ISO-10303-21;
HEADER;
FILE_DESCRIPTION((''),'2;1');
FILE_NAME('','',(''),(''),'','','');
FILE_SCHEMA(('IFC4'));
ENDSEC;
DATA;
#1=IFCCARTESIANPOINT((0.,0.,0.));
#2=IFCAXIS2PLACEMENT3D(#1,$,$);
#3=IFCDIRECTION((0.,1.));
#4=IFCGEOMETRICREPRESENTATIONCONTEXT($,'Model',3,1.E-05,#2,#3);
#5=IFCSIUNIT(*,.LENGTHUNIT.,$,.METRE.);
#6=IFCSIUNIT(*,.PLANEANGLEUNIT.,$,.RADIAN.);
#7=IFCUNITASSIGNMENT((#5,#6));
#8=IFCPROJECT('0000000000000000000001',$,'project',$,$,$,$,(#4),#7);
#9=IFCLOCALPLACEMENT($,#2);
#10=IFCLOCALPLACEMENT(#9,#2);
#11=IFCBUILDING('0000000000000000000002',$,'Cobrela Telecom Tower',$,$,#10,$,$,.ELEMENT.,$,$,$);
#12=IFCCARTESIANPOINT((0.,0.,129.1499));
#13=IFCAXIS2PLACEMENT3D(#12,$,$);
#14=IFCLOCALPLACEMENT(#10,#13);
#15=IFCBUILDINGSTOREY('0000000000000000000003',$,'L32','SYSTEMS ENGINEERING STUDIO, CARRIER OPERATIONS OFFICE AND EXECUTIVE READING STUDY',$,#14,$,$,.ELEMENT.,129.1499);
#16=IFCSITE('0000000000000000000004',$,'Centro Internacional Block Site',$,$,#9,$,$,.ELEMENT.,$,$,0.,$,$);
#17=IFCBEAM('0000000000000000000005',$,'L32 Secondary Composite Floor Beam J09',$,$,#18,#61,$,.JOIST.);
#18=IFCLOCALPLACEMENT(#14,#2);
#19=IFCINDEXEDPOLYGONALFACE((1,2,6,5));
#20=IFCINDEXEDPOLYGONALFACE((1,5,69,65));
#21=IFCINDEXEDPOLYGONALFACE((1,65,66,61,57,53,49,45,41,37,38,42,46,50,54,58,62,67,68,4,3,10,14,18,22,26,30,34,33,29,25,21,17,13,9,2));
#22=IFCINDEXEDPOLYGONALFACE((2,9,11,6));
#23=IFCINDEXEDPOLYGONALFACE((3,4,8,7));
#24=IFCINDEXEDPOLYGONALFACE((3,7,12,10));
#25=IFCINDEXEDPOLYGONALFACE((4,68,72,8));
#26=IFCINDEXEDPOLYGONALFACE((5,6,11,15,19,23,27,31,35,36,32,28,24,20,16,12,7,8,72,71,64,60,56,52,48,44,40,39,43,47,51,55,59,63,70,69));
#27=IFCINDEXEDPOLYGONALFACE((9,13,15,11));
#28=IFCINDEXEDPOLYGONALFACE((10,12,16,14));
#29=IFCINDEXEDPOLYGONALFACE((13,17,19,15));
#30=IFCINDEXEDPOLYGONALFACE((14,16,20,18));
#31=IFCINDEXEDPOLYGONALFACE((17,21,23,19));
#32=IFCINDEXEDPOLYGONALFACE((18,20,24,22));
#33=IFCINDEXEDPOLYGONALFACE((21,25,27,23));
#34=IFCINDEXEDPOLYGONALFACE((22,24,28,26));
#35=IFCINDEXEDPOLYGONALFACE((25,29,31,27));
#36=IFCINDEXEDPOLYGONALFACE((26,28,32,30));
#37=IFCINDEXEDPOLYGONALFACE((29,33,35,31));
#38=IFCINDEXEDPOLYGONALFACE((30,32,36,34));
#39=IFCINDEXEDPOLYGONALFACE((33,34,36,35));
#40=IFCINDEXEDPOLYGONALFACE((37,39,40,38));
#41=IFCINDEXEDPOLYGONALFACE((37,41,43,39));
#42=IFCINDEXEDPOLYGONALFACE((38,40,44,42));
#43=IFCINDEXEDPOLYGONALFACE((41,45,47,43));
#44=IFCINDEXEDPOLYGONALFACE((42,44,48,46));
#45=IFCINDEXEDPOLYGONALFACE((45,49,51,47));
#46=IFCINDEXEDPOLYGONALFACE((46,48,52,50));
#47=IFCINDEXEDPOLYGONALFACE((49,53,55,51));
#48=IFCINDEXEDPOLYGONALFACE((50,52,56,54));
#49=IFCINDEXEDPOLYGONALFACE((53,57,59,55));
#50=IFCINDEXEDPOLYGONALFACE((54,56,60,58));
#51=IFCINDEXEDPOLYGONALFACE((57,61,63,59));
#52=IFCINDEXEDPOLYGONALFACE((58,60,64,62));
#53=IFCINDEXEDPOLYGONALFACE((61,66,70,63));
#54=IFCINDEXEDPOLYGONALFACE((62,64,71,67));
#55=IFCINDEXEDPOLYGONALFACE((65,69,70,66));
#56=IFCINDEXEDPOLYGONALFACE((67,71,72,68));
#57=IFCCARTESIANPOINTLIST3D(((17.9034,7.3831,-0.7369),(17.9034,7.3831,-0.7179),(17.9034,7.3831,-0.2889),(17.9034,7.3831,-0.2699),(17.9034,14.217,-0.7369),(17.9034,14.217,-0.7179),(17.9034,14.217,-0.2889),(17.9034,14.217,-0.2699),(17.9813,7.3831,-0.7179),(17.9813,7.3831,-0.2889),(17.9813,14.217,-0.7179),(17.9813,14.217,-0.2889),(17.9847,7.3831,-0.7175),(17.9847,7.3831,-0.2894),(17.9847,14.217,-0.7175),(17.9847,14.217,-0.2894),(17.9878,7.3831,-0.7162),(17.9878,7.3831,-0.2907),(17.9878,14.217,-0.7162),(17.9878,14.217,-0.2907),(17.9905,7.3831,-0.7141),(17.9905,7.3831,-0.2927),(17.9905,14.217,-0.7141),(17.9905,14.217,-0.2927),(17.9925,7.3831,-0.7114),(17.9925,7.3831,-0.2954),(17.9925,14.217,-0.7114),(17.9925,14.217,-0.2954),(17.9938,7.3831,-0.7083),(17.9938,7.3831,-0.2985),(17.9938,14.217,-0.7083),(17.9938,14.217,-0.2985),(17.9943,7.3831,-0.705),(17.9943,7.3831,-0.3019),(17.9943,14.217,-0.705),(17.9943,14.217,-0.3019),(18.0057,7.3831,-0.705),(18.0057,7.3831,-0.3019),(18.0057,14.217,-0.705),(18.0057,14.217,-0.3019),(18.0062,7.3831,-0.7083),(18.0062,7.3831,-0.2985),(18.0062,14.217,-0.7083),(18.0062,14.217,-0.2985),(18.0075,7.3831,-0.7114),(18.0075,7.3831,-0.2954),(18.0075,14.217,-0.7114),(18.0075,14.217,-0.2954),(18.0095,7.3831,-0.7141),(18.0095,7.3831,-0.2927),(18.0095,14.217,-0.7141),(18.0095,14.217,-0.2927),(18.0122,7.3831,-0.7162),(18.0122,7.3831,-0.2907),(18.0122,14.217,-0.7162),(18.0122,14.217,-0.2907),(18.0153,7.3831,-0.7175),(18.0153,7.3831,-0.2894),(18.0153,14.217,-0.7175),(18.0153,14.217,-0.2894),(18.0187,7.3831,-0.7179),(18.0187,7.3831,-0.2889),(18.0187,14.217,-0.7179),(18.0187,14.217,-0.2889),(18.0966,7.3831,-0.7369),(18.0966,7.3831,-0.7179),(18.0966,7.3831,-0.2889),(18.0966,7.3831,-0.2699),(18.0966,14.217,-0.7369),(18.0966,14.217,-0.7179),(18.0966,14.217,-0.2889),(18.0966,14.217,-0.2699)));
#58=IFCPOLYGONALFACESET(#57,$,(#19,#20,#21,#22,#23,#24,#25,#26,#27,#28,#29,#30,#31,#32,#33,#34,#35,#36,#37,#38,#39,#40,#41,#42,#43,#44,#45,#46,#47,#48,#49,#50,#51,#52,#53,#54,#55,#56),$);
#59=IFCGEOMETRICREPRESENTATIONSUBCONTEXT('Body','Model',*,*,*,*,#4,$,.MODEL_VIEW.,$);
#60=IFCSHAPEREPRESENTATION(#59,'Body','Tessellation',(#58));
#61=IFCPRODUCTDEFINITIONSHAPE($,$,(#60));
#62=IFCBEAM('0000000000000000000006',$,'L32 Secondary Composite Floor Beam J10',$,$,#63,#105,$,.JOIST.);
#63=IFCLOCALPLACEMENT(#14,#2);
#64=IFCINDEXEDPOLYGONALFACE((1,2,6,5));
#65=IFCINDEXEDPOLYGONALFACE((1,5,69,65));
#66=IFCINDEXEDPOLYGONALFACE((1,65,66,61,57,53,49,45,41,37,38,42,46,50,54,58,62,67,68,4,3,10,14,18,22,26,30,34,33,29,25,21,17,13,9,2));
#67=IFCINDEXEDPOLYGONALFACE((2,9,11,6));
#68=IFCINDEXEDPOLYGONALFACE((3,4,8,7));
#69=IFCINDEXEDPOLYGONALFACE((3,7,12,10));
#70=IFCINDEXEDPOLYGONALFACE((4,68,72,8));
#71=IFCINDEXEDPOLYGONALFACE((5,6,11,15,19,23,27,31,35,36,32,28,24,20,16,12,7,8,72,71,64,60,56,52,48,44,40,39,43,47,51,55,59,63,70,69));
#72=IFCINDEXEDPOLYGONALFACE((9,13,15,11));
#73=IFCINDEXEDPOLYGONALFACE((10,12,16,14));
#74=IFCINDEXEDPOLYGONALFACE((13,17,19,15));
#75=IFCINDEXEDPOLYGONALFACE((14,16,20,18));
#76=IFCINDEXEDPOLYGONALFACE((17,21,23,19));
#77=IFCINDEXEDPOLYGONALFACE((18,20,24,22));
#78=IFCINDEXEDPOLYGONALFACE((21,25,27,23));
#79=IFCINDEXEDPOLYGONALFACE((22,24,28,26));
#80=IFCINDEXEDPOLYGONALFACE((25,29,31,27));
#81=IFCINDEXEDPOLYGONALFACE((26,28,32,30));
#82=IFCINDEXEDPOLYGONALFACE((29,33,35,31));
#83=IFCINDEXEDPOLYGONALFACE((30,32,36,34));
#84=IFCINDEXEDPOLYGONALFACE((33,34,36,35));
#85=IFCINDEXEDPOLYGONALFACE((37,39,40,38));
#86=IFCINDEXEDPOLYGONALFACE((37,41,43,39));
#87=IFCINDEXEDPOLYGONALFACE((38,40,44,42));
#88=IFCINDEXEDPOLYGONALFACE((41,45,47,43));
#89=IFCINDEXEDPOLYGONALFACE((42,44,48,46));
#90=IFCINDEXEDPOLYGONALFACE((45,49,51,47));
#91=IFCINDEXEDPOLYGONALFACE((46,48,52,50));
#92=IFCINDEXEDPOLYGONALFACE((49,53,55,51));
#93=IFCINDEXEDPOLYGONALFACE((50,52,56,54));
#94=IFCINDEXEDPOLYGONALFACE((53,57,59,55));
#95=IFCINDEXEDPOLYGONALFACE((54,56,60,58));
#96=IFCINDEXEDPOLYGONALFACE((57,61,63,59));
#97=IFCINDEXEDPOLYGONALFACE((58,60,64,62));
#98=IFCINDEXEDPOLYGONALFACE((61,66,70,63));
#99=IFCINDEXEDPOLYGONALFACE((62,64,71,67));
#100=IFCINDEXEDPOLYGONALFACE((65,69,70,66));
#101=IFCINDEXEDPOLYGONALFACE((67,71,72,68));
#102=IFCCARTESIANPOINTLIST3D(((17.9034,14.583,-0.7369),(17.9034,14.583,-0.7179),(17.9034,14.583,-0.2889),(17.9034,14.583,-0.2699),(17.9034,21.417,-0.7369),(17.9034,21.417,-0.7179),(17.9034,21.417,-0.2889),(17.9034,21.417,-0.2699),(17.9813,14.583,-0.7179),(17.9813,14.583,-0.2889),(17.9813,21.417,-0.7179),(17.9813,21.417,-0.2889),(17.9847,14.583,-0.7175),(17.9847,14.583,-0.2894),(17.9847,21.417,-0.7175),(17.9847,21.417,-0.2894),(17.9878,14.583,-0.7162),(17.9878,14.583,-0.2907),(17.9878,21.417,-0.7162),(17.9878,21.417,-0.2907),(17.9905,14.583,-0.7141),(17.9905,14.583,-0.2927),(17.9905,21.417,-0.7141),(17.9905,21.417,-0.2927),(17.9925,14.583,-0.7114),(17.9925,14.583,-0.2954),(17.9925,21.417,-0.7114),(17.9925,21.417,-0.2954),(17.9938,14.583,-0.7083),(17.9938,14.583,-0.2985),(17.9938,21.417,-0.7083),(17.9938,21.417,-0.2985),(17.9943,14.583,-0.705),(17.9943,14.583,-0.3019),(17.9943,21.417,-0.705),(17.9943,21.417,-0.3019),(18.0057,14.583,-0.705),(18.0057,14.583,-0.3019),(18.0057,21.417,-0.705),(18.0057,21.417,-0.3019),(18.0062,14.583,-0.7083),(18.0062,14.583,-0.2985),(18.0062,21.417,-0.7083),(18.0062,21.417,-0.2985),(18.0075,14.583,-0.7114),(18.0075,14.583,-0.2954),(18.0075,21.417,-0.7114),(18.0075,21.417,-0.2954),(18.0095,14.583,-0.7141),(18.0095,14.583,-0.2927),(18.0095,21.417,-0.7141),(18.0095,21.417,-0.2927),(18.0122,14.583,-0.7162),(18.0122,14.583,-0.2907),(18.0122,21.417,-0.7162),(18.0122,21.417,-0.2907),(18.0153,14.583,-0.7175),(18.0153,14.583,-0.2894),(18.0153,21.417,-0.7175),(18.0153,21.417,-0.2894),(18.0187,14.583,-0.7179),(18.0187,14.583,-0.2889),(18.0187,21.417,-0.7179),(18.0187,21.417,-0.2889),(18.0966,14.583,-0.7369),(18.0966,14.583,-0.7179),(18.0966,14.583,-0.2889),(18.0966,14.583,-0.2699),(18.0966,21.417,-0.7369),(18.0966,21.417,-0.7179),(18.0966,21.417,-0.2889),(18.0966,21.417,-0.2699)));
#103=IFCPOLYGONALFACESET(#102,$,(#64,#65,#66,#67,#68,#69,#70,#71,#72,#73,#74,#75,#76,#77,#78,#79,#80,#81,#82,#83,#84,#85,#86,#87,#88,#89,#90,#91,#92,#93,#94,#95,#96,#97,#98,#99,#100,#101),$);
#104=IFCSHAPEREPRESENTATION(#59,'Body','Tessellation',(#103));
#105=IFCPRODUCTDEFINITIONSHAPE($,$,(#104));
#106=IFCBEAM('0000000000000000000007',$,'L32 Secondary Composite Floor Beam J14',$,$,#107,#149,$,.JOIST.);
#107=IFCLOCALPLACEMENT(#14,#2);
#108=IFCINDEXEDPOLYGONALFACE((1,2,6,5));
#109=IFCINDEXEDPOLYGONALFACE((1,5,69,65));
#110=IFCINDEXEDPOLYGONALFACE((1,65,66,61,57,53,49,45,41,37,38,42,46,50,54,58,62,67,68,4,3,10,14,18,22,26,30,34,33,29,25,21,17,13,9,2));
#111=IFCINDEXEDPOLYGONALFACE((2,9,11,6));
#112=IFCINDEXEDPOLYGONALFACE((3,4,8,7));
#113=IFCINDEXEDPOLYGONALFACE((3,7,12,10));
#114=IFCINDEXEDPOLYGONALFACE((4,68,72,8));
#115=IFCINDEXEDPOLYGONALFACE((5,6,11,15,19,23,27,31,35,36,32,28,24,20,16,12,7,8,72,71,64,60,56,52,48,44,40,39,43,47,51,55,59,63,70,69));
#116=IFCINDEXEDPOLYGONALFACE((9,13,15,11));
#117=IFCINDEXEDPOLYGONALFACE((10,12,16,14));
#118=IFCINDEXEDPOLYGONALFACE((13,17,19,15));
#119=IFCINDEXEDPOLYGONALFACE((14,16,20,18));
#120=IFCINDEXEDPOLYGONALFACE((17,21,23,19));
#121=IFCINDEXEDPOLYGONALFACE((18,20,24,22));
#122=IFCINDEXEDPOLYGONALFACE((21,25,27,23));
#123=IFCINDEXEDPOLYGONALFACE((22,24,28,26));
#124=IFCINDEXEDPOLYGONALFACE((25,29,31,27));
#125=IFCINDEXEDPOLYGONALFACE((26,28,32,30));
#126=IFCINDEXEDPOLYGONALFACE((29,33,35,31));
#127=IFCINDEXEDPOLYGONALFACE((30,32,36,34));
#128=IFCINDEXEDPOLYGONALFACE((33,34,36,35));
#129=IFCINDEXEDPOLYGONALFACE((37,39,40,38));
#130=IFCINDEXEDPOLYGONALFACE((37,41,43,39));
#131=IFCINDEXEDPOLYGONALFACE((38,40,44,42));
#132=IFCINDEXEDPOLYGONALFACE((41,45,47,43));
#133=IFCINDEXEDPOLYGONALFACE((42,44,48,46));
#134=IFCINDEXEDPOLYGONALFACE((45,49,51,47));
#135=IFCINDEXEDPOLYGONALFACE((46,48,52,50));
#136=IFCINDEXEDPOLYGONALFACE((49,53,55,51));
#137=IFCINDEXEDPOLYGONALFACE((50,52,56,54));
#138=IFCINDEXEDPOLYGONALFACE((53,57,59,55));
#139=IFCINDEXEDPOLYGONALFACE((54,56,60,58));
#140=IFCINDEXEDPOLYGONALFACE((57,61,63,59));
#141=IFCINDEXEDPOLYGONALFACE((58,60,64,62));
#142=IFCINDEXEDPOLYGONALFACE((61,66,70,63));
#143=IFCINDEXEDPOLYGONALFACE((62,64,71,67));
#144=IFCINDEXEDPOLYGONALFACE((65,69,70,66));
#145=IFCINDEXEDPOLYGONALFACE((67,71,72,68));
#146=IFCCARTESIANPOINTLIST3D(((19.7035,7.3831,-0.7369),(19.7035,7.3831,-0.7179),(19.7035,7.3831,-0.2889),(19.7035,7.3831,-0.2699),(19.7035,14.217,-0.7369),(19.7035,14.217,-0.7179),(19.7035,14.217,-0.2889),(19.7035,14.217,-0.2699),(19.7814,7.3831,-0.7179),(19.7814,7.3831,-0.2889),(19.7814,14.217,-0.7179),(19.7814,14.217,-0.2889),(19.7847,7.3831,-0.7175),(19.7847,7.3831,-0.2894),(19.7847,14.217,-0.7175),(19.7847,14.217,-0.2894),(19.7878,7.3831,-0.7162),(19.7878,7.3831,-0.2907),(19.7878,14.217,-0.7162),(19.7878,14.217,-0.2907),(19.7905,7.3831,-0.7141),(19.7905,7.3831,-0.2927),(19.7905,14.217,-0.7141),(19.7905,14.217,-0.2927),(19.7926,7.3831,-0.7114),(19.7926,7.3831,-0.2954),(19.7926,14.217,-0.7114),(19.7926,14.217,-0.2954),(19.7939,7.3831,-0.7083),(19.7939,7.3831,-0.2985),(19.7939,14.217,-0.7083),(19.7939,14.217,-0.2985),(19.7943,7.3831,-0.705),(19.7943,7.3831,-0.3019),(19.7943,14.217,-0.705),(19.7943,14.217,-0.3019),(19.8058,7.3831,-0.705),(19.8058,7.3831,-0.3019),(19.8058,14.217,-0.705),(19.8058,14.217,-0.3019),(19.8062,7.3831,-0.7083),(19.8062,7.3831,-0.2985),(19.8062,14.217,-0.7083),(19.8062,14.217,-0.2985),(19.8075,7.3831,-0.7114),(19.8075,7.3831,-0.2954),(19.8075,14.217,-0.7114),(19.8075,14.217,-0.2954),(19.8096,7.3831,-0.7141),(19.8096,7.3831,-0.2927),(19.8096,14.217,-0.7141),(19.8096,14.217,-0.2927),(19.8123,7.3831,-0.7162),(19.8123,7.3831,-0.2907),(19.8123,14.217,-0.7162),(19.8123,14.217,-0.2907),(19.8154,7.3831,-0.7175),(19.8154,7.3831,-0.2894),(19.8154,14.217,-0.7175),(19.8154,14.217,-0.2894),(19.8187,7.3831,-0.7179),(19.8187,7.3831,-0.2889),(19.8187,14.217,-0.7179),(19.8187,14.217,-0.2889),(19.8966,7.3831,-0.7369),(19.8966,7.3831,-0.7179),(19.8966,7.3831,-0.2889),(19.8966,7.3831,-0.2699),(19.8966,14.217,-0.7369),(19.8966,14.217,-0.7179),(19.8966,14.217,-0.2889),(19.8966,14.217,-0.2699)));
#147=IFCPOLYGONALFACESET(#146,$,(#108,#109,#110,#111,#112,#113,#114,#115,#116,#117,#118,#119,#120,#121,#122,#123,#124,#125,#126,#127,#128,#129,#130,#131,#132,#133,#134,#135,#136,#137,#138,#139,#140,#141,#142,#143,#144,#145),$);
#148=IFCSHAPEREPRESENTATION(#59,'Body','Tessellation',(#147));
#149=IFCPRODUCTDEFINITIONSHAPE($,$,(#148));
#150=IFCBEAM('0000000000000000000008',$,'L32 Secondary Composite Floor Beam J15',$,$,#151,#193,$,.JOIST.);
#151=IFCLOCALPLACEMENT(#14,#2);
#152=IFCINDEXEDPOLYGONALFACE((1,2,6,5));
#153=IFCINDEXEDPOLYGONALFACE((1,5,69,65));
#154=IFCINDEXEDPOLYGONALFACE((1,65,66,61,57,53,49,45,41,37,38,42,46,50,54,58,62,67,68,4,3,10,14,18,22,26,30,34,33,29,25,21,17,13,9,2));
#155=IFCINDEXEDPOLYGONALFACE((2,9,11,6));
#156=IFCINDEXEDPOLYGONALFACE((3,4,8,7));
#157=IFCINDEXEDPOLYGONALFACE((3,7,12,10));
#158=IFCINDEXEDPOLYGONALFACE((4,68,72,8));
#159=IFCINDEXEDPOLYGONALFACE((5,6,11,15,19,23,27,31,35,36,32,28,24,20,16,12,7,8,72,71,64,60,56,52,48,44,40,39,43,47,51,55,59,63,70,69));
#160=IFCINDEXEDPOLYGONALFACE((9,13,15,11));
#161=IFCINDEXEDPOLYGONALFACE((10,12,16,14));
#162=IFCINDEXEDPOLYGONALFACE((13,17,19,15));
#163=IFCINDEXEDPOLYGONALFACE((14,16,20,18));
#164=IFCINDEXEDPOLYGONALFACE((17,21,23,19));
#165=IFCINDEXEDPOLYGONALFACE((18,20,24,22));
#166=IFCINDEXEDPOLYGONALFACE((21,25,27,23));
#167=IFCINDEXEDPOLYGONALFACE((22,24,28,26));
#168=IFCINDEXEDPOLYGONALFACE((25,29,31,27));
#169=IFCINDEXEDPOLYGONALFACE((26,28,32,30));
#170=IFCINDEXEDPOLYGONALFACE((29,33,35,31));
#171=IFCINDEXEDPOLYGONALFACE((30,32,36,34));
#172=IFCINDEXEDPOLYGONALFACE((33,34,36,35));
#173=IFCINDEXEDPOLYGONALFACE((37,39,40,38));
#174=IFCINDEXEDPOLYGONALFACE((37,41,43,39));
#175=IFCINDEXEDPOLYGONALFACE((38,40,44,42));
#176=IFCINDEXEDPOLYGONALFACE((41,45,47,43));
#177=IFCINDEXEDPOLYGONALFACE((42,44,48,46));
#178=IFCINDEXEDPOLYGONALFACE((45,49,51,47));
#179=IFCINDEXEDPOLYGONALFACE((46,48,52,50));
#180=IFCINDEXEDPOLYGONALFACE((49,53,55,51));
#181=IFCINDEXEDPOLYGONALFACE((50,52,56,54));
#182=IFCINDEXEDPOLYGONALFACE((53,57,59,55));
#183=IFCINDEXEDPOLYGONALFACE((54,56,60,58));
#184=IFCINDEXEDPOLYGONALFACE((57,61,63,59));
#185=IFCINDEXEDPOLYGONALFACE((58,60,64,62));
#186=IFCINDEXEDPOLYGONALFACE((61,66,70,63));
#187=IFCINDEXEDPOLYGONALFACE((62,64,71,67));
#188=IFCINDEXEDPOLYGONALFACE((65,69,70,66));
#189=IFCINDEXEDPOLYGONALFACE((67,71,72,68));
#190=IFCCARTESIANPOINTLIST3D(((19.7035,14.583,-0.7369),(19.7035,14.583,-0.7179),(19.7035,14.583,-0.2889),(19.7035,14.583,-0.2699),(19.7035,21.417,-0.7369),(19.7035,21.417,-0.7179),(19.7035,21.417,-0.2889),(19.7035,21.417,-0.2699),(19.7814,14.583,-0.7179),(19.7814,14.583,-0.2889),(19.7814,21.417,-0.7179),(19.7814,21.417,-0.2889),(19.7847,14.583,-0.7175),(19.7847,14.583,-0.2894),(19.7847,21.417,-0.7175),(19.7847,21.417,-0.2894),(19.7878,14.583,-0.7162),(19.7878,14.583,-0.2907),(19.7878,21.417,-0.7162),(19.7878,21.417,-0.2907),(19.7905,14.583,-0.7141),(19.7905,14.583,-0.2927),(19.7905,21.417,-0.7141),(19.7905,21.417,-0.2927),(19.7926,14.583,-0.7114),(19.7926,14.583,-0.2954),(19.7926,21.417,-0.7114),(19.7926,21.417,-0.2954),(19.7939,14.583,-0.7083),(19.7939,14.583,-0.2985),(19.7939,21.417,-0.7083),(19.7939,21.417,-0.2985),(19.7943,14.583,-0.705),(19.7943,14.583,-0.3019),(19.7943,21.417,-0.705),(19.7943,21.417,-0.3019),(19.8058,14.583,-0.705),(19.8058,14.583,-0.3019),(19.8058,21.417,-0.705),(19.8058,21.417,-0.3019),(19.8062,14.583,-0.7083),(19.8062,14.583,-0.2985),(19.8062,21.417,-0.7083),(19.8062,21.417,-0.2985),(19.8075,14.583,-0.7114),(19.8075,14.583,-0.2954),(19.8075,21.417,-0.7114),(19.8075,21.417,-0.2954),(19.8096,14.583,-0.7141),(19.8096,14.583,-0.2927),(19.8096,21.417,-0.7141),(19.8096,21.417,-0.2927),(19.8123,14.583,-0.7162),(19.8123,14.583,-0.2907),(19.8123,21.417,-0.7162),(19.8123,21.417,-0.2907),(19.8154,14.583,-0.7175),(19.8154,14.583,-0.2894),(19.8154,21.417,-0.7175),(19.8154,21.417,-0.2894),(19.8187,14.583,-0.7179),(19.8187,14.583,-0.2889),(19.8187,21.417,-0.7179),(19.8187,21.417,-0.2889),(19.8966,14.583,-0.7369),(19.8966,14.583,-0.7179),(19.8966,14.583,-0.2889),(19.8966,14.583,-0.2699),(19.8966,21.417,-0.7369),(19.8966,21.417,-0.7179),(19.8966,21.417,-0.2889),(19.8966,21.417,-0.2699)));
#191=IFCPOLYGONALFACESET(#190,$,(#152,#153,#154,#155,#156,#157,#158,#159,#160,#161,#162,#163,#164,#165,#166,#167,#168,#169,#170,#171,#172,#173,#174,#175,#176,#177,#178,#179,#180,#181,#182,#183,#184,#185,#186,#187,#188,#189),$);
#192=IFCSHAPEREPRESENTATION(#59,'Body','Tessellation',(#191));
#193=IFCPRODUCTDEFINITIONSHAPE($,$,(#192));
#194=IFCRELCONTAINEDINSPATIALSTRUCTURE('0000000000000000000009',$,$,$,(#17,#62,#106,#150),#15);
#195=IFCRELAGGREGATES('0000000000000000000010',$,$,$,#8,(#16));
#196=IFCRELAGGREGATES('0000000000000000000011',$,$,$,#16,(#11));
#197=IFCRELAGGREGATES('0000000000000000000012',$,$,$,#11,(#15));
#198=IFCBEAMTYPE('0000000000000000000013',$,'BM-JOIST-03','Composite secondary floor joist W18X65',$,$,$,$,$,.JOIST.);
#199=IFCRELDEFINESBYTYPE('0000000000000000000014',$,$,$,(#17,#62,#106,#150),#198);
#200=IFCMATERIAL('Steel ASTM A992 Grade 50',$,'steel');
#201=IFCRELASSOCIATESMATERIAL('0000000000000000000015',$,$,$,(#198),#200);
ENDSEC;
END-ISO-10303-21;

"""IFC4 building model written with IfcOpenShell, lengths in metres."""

from ifc_helpers import new_model, si_unit, direction, frame, origin, origin_2d, place, context, subcontext, project, spatial, i_section, extrude, material, material_profile, profile_set, type_object, element, save


model = new_model("IFC4")

# Units and contexts
model_context = context("Model", 3, precision=1e-05, world=origin(), true_north=direction((0.0, 1.0)))
body_context = subcontext(model_context, "Body", "Model", "MODEL_VIEW")
ifc_project = project(units=[si_unit("LENGTHUNIT", "METRE"), si_unit("PLANEANGLEUNIT", "RADIAN")], contexts=[model_context])

# Site, building, storey
site_placement = place(None, origin())
site = spatial("IfcSite", under=ifc_project, at=site_placement, Name="Centro Internacional Block Site", CompositionType="ELEMENT", RefElevation=0.0)
building_placement = place(site_placement, origin())
building = spatial("IfcBuilding", under=site, at=building_placement, Name="Cobrela Telecom Tower", CompositionType="ELEMENT")
storey_placement = place(building_placement, frame((0.0, 0.0, 129.1499)))
storey = spatial("IfcBuildingStorey", under=building, at=storey_placement, Name="L32", Description="SYSTEMS ENGINEERING STUDIO, CARRIER OPERATIONS OFFICE AND EXECUTIVE READING STUDY", CompositionType="ELEMENT", Elevation=129.1499)

# Shared definitions
ifc_material_1 = material(Name="Steel ASTM A992 Grade 50", Category="steel")

# Beams
ifc_material_profile_1 = material_profile(ifc_material_1, i_section(OverallWidth=0.1931, OverallDepth=0.467, WebThickness=0.0115, FlangeThickness=0.019, FilletRadius=0.0129, at=origin_2d()), Name="W18X65")
ifc_profile_set_1 = profile_set([ifc_material_profile_1], Name="Steel ASTM A992 Grade 50")
beam_type_1 = type_object("IfcBeamType", Name="BM-JOIST-03", Description="Composite secondary floor joist W18X65", PredefinedType="JOIST", material=ifc_profile_set_1)
for number, where, z_axis, x_axis, name in (
    (1, (18.0, 7.3831, -0.5034), (0.0, 1.0, 0.0), (-1.0, 0.0, 0.0), "L32 Secondary Composite Floor Beam J09"),
    (2, (18.0, 14.583, -0.5034), (0.0, 1.0, 0.0), (-1.0, 0.0, 0.0), "L32 Secondary Composite Floor Beam J10"),
    (3, (19.8, 7.3831, -0.5034), (0.0, 1.0, 0.0), (-1.0, 0.0, 0.0), "L32 Secondary Composite Floor Beam J14"),
    (4, (19.8, 14.583, -0.5034), (0.0, 1.0, 0.0), (-1.0, 0.0, 0.0), "L32 Secondary Composite Floor Beam J15"),
):
    element("IfcBeam", number, at=place(storey_placement, frame(where, z_axis=z_axis, x_axis=x_axis)), inside=storey, type_object=beam_type_1, Name=name, PredefinedType="JOIST", context=body_context, shape_type="SweptSolid", body=[
        extrude(i_section(OverallWidth=0.1931, OverallDepth=0.467, WebThickness=0.0115, FlangeThickness=0.019, FilletRadius=0.0129, at=origin_2d()), origin(), (0.0, 0.0, 1.0), 6.834),
    ])

save(model, "model.ifc")
